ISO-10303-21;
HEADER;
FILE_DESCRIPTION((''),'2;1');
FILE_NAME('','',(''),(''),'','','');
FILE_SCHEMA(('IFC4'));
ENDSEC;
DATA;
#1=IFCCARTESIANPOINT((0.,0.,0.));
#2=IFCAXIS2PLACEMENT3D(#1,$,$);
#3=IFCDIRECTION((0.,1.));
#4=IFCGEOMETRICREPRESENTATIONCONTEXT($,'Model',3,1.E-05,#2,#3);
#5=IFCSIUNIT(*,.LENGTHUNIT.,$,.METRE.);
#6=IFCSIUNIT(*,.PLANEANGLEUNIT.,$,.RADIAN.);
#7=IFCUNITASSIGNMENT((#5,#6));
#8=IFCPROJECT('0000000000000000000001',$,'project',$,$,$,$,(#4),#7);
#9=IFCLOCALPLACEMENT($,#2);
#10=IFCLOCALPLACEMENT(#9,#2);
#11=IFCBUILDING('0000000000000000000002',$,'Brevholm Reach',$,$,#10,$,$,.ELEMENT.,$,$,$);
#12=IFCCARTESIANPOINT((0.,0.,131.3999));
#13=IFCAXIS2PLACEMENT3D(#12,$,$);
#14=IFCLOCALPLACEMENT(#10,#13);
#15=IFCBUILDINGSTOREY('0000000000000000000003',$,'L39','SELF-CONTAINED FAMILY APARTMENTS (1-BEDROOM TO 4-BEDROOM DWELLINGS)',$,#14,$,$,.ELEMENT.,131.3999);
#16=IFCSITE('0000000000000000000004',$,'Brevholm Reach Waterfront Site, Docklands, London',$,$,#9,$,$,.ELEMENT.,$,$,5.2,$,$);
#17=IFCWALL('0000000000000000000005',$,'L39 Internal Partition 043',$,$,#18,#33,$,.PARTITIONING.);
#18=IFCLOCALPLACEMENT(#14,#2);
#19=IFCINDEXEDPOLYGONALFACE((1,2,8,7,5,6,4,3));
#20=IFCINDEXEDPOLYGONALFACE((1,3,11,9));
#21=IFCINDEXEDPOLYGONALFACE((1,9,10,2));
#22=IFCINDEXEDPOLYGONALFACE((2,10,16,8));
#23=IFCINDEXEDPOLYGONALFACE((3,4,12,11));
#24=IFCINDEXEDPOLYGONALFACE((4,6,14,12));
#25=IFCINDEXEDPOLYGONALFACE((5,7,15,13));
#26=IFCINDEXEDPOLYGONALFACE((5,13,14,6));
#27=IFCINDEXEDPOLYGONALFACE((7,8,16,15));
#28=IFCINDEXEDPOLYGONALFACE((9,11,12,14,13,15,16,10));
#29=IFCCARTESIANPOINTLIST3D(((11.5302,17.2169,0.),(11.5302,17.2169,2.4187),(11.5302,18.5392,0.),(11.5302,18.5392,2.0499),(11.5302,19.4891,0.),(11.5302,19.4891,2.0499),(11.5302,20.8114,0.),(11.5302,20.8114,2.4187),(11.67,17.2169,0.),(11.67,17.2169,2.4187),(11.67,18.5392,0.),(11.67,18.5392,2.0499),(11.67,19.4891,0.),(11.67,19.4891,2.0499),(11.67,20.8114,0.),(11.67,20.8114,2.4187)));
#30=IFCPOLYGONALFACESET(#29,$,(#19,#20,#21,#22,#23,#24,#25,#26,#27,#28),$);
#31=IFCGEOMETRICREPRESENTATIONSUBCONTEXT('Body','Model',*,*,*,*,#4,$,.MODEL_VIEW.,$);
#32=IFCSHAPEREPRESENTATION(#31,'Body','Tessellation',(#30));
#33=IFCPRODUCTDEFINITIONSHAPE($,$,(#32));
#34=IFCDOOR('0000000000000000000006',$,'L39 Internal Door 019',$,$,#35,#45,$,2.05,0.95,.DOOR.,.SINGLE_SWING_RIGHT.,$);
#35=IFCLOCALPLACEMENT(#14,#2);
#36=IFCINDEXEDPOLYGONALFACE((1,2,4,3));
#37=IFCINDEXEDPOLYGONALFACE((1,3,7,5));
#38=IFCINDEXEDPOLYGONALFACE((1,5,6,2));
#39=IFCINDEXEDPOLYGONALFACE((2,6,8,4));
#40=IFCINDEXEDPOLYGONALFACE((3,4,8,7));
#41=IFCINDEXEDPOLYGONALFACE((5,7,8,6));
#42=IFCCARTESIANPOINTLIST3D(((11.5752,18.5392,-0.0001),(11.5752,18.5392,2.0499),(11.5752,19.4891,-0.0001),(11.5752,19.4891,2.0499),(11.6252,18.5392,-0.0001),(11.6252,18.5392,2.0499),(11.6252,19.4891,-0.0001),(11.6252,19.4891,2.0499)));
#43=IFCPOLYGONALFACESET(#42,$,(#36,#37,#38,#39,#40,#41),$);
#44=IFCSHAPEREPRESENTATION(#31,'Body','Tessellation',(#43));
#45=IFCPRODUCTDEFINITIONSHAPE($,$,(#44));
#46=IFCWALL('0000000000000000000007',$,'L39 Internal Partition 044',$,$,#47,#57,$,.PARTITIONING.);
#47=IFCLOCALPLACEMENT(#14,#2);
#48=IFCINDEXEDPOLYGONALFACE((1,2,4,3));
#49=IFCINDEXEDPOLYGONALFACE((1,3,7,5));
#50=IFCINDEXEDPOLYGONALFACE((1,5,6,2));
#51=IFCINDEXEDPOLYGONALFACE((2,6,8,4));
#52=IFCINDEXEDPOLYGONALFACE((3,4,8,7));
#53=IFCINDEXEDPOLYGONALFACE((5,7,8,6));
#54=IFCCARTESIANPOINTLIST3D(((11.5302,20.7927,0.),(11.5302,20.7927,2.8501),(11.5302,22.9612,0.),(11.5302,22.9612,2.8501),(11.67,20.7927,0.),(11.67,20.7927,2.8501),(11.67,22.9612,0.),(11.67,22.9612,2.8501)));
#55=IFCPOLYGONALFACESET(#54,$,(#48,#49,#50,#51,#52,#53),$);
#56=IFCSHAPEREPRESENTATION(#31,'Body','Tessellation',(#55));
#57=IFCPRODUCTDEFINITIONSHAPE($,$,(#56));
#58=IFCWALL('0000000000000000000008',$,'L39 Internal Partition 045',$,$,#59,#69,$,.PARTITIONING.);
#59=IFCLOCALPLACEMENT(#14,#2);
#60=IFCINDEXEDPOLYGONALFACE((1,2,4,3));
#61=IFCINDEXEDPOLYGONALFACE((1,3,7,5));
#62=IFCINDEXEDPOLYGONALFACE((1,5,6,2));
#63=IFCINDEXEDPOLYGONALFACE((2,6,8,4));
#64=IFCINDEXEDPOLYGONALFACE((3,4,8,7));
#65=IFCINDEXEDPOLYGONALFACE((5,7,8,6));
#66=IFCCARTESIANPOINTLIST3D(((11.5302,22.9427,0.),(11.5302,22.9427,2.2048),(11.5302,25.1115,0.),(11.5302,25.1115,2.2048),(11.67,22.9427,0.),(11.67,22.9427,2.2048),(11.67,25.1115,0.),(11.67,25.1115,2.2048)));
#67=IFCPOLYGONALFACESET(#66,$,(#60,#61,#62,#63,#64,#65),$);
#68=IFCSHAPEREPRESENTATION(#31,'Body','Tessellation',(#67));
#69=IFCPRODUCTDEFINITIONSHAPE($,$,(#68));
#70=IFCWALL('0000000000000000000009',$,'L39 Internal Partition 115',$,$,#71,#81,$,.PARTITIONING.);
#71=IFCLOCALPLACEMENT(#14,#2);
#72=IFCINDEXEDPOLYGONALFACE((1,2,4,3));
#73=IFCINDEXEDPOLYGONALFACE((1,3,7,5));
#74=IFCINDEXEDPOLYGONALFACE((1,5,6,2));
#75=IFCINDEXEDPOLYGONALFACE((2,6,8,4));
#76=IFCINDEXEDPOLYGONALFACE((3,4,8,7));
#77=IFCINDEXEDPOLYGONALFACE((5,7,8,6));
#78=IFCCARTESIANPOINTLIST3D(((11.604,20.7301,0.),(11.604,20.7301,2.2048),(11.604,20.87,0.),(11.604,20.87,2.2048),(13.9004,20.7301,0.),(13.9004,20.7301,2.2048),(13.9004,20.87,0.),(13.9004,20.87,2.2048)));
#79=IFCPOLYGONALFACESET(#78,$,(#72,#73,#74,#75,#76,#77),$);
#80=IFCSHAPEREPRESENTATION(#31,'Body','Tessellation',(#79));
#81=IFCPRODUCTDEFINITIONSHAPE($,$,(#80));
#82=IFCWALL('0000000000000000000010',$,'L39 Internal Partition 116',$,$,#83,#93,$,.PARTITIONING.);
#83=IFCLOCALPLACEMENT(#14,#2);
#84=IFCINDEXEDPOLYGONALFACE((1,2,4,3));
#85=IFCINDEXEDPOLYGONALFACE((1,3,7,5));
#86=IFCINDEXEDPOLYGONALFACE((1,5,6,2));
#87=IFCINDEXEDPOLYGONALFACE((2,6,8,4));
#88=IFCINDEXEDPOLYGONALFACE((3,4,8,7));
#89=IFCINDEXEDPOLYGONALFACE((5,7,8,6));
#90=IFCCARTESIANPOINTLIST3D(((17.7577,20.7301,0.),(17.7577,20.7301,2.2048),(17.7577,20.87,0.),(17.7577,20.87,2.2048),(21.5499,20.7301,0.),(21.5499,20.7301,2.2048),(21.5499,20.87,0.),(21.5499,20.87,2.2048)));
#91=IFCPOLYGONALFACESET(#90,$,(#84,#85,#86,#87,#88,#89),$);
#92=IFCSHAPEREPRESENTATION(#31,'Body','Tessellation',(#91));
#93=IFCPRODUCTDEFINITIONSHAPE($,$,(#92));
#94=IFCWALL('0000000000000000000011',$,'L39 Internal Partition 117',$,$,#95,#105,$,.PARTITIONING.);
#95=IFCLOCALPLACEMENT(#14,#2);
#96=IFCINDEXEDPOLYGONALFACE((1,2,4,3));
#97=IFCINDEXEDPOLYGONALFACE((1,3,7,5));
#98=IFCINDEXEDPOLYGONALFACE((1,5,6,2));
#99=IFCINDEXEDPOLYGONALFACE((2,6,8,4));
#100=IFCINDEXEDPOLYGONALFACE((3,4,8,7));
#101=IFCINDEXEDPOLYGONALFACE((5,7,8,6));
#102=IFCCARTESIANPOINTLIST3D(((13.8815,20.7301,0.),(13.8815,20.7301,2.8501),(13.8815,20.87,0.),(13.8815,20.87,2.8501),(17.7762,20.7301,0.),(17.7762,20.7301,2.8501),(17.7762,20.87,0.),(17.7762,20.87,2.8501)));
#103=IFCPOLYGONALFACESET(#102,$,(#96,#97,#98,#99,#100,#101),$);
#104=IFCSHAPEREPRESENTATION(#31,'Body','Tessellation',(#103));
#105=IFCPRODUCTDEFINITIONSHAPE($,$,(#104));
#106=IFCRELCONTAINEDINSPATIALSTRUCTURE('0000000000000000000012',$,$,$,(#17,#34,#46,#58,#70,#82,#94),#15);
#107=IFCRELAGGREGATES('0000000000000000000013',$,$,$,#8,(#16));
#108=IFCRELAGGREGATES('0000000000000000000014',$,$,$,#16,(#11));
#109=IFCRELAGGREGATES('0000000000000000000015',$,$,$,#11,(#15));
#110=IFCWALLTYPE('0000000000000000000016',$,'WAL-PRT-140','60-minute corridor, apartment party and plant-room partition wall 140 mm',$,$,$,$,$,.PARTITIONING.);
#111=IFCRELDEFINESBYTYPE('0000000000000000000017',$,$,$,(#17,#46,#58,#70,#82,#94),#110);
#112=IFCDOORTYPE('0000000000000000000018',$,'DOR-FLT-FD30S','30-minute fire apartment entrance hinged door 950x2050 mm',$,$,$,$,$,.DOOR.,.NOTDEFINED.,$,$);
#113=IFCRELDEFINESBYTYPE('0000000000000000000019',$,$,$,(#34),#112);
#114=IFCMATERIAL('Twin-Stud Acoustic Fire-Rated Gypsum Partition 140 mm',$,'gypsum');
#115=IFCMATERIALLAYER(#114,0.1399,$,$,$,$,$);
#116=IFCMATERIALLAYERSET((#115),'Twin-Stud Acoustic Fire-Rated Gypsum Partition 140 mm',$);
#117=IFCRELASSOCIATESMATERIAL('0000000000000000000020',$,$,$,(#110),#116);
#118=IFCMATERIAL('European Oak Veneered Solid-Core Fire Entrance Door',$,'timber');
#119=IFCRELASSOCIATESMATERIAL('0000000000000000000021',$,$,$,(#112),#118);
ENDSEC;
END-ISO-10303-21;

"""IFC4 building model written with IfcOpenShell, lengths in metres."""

from ifc_helpers import new_model, si_unit, direction, frame, frame_2d, origin, place, context, subcontext, project, spatial, rectangle, extrude, material, layer, layer_set, type_object, element, fill, save


model = new_model("IFC4")

# Units and contexts
model_context = context("Model", 3, precision=1e-05, world=origin(), true_north=direction((0.0, 1.0)))
body_context = subcontext(model_context, "Body", "Model", "MODEL_VIEW")
ifc_project = project(units=[si_unit("LENGTHUNIT", "METRE"), si_unit("PLANEANGLEUNIT", "RADIAN")], contexts=[model_context])

# Site, building, storey
site_placement = place(None, origin())
site = spatial("IfcSite", under=ifc_project, at=site_placement, Name="Brevholm Reach Waterfront Site, Docklands, London", CompositionType="ELEMENT", RefElevation=5.2)
building_placement = place(site_placement, origin())
building = spatial("IfcBuilding", under=site, at=building_placement, Name="Brevholm Reach", CompositionType="ELEMENT")
storey_placement = place(building_placement, frame((0.0, 0.0, 131.3999)))
storey = spatial("IfcBuildingStorey", under=building, at=storey_placement, Name="L39", Description="SELF-CONTAINED FAMILY APARTMENTS (1-BEDROOM TO 4-BEDROOM DWELLINGS)", CompositionType="ELEMENT", Elevation=131.3999)

# Wall, opening, door
ifc_material_1 = material(Name="Twin-Stud Acoustic Fire-Rated Gypsum Partition 140 mm", Category="gypsum")
ifc_layer_1 = layer(ifc_material_1, 0.1399)
ifc_layer_set_1 = layer_set([ifc_layer_1], Name="Twin-Stud Acoustic Fire-Rated Gypsum Partition 140 mm")
wall_type_1 = type_object("IfcWallType", Name="WAL-PRT-140", Description="60-minute corridor, apartment party and plant-room partition wall 140 mm", PredefinedType="PARTITIONING", material=ifc_layer_set_1)
wall_1_placement = place(storey_placement, frame((11.6001, 17.2168, 0.0), z_axis=(0.0, 0.0, 1.0), x_axis=(0.0, 1.0, 0.0)))
wall_1 = element("IfcWall", 1, at=wall_1_placement, inside=storey, type_object=wall_type_1, Name="L39 Internal Partition 043", PredefinedType="PARTITIONING", context=body_context, shape_type="SweptSolid", body=[
    extrude(rectangle(XDim=3.5945, YDim=0.1399, at=frame_2d((1.7974, 0.0))), origin(), (0.0, 0.0, 1.0), 2.4187),
])
opening_1_placement = place(wall_1_placement, frame((1.3223, 0.0, 0.0)))
opening_1 = element("IfcOpeningElement", 2, at=opening_1_placement, cuts=wall_1, PredefinedType="OPENING", context=body_context, shape_type="SweptSolid", body=[
    extrude(rectangle(XDim=0.95, YDim=2.05, at=frame_2d((0.4751, 1.0249))), frame((0.0, 0.0798, 0.0), z_axis=(0.0, -1.0, 0.0), x_axis=(1.0, 0.0, 0.0)), (0.0, 0.0, 1.0), 0.1599),
])
ifc_material_2 = material(Name="European Oak Veneered Solid-Core Fire Entrance Door", Category="timber")
door_type_1 = type_object("IfcDoorType", Name="DOR-FLT-FD30S", Description="30-minute fire apartment entrance hinged door 950x2050 mm", OperationType="NOTDEFINED", PredefinedType="DOOR", material=ifc_material_2)
door_1_placement = place(opening_1_placement, origin())
door_1 = element("IfcDoor", 3, at=door_1_placement, inside=storey, type_object=door_type_1, Name="L39 Internal Door 019", OperationType="SINGLE_SWING_RIGHT", OverallHeight=2.05, OverallWidth=0.95, PredefinedType="DOOR", context=body_context, shape_type="SweptSolid", body=[
    extrude(rectangle(XDim=0.95, YDim=2.05, at=frame_2d((0.4751, 1.0249))), frame((0.0, 0.0249, 0.0), z_axis=(0.0, -1.0, 0.0), x_axis=(1.0, 0.0, 0.0)), (0.0, 0.0, 1.0), 0.05),
])
fill(opening_1, door_1)

# Walls
wall_2_placement = place(storey_placement, frame((11.6001, 20.7927, 0.0), z_axis=(0.0, 0.0, 1.0), x_axis=(0.0, 1.0, 0.0)))
element("IfcWall", 4, at=wall_2_placement, inside=storey, type_object=wall_type_1, Name="L39 Internal Partition 044", PredefinedType="PARTITIONING", context=body_context, shape_type="SweptSolid", body=[
    extrude(rectangle(XDim=2.1685, YDim=0.1399, at=frame_2d((1.0842, 0.0))), origin(), (0.0, 0.0, 1.0), 2.8501),
])
wall_3_placement = place(storey_placement, frame((11.6001, 22.9426, 0.0), z_axis=(0.0, 0.0, 1.0), x_axis=(0.0, 1.0, 0.0)))
element("IfcWall", 5, at=wall_3_placement, inside=storey, type_object=wall_type_1, Name="L39 Internal Partition 045", PredefinedType="PARTITIONING", context=body_context, shape_type="SweptSolid", body=[
    extrude(rectangle(XDim=2.1687, YDim=0.1399, at=frame_2d((1.0845, 0.0))), origin(), (0.0, 0.0, 1.0), 2.2048),
])
wall_4_placement = place(storey_placement, frame((11.604, 20.8, 0.0), z_axis=(0.0, 0.0, 1.0), x_axis=(1.0, 0.0, 0.0)))
element("IfcWall", 6, at=wall_4_placement, inside=storey, type_object=wall_type_1, Name="L39 Internal Partition 115", PredefinedType="PARTITIONING", context=body_context, shape_type="SweptSolid", body=[
    extrude(rectangle(XDim=2.2964, YDim=0.1399, at=frame_2d((1.1482, 0.0))), origin(), (0.0, 0.0, 1.0), 2.2048),
])
wall_5_placement = place(storey_placement, frame((17.7578, 20.8, 0.0), z_axis=(0.0, 0.0, 1.0), x_axis=(1.0, 0.0, 0.0)))
element("IfcWall", 7, at=wall_5_placement, inside=storey, type_object=wall_type_1, Name="L39 Internal Partition 116", PredefinedType="PARTITIONING", context=body_context, shape_type="SweptSolid", body=[
    extrude(rectangle(XDim=3.7922, YDim=0.1399, at=frame_2d((1.896, 0.0))), origin(), (0.0, 0.0, 1.0), 2.2048),
])
wall_6_placement = place(storey_placement, frame((13.8816, 20.8, 0.0), z_axis=(0.0, 0.0, 1.0), x_axis=(1.0, 0.0, 0.0)))
element("IfcWall", 8, at=wall_6_placement, inside=storey, type_object=wall_type_1, Name="L39 Internal Partition 117", PredefinedType="PARTITIONING", context=body_context, shape_type="SweptSolid", body=[
    extrude(rectangle(XDim=3.8948, YDim=0.1399, at=frame_2d((1.9473, 0.0))), origin(), (0.0, 0.0, 1.0), 2.8501),
])

save(model, "model.ifc")
